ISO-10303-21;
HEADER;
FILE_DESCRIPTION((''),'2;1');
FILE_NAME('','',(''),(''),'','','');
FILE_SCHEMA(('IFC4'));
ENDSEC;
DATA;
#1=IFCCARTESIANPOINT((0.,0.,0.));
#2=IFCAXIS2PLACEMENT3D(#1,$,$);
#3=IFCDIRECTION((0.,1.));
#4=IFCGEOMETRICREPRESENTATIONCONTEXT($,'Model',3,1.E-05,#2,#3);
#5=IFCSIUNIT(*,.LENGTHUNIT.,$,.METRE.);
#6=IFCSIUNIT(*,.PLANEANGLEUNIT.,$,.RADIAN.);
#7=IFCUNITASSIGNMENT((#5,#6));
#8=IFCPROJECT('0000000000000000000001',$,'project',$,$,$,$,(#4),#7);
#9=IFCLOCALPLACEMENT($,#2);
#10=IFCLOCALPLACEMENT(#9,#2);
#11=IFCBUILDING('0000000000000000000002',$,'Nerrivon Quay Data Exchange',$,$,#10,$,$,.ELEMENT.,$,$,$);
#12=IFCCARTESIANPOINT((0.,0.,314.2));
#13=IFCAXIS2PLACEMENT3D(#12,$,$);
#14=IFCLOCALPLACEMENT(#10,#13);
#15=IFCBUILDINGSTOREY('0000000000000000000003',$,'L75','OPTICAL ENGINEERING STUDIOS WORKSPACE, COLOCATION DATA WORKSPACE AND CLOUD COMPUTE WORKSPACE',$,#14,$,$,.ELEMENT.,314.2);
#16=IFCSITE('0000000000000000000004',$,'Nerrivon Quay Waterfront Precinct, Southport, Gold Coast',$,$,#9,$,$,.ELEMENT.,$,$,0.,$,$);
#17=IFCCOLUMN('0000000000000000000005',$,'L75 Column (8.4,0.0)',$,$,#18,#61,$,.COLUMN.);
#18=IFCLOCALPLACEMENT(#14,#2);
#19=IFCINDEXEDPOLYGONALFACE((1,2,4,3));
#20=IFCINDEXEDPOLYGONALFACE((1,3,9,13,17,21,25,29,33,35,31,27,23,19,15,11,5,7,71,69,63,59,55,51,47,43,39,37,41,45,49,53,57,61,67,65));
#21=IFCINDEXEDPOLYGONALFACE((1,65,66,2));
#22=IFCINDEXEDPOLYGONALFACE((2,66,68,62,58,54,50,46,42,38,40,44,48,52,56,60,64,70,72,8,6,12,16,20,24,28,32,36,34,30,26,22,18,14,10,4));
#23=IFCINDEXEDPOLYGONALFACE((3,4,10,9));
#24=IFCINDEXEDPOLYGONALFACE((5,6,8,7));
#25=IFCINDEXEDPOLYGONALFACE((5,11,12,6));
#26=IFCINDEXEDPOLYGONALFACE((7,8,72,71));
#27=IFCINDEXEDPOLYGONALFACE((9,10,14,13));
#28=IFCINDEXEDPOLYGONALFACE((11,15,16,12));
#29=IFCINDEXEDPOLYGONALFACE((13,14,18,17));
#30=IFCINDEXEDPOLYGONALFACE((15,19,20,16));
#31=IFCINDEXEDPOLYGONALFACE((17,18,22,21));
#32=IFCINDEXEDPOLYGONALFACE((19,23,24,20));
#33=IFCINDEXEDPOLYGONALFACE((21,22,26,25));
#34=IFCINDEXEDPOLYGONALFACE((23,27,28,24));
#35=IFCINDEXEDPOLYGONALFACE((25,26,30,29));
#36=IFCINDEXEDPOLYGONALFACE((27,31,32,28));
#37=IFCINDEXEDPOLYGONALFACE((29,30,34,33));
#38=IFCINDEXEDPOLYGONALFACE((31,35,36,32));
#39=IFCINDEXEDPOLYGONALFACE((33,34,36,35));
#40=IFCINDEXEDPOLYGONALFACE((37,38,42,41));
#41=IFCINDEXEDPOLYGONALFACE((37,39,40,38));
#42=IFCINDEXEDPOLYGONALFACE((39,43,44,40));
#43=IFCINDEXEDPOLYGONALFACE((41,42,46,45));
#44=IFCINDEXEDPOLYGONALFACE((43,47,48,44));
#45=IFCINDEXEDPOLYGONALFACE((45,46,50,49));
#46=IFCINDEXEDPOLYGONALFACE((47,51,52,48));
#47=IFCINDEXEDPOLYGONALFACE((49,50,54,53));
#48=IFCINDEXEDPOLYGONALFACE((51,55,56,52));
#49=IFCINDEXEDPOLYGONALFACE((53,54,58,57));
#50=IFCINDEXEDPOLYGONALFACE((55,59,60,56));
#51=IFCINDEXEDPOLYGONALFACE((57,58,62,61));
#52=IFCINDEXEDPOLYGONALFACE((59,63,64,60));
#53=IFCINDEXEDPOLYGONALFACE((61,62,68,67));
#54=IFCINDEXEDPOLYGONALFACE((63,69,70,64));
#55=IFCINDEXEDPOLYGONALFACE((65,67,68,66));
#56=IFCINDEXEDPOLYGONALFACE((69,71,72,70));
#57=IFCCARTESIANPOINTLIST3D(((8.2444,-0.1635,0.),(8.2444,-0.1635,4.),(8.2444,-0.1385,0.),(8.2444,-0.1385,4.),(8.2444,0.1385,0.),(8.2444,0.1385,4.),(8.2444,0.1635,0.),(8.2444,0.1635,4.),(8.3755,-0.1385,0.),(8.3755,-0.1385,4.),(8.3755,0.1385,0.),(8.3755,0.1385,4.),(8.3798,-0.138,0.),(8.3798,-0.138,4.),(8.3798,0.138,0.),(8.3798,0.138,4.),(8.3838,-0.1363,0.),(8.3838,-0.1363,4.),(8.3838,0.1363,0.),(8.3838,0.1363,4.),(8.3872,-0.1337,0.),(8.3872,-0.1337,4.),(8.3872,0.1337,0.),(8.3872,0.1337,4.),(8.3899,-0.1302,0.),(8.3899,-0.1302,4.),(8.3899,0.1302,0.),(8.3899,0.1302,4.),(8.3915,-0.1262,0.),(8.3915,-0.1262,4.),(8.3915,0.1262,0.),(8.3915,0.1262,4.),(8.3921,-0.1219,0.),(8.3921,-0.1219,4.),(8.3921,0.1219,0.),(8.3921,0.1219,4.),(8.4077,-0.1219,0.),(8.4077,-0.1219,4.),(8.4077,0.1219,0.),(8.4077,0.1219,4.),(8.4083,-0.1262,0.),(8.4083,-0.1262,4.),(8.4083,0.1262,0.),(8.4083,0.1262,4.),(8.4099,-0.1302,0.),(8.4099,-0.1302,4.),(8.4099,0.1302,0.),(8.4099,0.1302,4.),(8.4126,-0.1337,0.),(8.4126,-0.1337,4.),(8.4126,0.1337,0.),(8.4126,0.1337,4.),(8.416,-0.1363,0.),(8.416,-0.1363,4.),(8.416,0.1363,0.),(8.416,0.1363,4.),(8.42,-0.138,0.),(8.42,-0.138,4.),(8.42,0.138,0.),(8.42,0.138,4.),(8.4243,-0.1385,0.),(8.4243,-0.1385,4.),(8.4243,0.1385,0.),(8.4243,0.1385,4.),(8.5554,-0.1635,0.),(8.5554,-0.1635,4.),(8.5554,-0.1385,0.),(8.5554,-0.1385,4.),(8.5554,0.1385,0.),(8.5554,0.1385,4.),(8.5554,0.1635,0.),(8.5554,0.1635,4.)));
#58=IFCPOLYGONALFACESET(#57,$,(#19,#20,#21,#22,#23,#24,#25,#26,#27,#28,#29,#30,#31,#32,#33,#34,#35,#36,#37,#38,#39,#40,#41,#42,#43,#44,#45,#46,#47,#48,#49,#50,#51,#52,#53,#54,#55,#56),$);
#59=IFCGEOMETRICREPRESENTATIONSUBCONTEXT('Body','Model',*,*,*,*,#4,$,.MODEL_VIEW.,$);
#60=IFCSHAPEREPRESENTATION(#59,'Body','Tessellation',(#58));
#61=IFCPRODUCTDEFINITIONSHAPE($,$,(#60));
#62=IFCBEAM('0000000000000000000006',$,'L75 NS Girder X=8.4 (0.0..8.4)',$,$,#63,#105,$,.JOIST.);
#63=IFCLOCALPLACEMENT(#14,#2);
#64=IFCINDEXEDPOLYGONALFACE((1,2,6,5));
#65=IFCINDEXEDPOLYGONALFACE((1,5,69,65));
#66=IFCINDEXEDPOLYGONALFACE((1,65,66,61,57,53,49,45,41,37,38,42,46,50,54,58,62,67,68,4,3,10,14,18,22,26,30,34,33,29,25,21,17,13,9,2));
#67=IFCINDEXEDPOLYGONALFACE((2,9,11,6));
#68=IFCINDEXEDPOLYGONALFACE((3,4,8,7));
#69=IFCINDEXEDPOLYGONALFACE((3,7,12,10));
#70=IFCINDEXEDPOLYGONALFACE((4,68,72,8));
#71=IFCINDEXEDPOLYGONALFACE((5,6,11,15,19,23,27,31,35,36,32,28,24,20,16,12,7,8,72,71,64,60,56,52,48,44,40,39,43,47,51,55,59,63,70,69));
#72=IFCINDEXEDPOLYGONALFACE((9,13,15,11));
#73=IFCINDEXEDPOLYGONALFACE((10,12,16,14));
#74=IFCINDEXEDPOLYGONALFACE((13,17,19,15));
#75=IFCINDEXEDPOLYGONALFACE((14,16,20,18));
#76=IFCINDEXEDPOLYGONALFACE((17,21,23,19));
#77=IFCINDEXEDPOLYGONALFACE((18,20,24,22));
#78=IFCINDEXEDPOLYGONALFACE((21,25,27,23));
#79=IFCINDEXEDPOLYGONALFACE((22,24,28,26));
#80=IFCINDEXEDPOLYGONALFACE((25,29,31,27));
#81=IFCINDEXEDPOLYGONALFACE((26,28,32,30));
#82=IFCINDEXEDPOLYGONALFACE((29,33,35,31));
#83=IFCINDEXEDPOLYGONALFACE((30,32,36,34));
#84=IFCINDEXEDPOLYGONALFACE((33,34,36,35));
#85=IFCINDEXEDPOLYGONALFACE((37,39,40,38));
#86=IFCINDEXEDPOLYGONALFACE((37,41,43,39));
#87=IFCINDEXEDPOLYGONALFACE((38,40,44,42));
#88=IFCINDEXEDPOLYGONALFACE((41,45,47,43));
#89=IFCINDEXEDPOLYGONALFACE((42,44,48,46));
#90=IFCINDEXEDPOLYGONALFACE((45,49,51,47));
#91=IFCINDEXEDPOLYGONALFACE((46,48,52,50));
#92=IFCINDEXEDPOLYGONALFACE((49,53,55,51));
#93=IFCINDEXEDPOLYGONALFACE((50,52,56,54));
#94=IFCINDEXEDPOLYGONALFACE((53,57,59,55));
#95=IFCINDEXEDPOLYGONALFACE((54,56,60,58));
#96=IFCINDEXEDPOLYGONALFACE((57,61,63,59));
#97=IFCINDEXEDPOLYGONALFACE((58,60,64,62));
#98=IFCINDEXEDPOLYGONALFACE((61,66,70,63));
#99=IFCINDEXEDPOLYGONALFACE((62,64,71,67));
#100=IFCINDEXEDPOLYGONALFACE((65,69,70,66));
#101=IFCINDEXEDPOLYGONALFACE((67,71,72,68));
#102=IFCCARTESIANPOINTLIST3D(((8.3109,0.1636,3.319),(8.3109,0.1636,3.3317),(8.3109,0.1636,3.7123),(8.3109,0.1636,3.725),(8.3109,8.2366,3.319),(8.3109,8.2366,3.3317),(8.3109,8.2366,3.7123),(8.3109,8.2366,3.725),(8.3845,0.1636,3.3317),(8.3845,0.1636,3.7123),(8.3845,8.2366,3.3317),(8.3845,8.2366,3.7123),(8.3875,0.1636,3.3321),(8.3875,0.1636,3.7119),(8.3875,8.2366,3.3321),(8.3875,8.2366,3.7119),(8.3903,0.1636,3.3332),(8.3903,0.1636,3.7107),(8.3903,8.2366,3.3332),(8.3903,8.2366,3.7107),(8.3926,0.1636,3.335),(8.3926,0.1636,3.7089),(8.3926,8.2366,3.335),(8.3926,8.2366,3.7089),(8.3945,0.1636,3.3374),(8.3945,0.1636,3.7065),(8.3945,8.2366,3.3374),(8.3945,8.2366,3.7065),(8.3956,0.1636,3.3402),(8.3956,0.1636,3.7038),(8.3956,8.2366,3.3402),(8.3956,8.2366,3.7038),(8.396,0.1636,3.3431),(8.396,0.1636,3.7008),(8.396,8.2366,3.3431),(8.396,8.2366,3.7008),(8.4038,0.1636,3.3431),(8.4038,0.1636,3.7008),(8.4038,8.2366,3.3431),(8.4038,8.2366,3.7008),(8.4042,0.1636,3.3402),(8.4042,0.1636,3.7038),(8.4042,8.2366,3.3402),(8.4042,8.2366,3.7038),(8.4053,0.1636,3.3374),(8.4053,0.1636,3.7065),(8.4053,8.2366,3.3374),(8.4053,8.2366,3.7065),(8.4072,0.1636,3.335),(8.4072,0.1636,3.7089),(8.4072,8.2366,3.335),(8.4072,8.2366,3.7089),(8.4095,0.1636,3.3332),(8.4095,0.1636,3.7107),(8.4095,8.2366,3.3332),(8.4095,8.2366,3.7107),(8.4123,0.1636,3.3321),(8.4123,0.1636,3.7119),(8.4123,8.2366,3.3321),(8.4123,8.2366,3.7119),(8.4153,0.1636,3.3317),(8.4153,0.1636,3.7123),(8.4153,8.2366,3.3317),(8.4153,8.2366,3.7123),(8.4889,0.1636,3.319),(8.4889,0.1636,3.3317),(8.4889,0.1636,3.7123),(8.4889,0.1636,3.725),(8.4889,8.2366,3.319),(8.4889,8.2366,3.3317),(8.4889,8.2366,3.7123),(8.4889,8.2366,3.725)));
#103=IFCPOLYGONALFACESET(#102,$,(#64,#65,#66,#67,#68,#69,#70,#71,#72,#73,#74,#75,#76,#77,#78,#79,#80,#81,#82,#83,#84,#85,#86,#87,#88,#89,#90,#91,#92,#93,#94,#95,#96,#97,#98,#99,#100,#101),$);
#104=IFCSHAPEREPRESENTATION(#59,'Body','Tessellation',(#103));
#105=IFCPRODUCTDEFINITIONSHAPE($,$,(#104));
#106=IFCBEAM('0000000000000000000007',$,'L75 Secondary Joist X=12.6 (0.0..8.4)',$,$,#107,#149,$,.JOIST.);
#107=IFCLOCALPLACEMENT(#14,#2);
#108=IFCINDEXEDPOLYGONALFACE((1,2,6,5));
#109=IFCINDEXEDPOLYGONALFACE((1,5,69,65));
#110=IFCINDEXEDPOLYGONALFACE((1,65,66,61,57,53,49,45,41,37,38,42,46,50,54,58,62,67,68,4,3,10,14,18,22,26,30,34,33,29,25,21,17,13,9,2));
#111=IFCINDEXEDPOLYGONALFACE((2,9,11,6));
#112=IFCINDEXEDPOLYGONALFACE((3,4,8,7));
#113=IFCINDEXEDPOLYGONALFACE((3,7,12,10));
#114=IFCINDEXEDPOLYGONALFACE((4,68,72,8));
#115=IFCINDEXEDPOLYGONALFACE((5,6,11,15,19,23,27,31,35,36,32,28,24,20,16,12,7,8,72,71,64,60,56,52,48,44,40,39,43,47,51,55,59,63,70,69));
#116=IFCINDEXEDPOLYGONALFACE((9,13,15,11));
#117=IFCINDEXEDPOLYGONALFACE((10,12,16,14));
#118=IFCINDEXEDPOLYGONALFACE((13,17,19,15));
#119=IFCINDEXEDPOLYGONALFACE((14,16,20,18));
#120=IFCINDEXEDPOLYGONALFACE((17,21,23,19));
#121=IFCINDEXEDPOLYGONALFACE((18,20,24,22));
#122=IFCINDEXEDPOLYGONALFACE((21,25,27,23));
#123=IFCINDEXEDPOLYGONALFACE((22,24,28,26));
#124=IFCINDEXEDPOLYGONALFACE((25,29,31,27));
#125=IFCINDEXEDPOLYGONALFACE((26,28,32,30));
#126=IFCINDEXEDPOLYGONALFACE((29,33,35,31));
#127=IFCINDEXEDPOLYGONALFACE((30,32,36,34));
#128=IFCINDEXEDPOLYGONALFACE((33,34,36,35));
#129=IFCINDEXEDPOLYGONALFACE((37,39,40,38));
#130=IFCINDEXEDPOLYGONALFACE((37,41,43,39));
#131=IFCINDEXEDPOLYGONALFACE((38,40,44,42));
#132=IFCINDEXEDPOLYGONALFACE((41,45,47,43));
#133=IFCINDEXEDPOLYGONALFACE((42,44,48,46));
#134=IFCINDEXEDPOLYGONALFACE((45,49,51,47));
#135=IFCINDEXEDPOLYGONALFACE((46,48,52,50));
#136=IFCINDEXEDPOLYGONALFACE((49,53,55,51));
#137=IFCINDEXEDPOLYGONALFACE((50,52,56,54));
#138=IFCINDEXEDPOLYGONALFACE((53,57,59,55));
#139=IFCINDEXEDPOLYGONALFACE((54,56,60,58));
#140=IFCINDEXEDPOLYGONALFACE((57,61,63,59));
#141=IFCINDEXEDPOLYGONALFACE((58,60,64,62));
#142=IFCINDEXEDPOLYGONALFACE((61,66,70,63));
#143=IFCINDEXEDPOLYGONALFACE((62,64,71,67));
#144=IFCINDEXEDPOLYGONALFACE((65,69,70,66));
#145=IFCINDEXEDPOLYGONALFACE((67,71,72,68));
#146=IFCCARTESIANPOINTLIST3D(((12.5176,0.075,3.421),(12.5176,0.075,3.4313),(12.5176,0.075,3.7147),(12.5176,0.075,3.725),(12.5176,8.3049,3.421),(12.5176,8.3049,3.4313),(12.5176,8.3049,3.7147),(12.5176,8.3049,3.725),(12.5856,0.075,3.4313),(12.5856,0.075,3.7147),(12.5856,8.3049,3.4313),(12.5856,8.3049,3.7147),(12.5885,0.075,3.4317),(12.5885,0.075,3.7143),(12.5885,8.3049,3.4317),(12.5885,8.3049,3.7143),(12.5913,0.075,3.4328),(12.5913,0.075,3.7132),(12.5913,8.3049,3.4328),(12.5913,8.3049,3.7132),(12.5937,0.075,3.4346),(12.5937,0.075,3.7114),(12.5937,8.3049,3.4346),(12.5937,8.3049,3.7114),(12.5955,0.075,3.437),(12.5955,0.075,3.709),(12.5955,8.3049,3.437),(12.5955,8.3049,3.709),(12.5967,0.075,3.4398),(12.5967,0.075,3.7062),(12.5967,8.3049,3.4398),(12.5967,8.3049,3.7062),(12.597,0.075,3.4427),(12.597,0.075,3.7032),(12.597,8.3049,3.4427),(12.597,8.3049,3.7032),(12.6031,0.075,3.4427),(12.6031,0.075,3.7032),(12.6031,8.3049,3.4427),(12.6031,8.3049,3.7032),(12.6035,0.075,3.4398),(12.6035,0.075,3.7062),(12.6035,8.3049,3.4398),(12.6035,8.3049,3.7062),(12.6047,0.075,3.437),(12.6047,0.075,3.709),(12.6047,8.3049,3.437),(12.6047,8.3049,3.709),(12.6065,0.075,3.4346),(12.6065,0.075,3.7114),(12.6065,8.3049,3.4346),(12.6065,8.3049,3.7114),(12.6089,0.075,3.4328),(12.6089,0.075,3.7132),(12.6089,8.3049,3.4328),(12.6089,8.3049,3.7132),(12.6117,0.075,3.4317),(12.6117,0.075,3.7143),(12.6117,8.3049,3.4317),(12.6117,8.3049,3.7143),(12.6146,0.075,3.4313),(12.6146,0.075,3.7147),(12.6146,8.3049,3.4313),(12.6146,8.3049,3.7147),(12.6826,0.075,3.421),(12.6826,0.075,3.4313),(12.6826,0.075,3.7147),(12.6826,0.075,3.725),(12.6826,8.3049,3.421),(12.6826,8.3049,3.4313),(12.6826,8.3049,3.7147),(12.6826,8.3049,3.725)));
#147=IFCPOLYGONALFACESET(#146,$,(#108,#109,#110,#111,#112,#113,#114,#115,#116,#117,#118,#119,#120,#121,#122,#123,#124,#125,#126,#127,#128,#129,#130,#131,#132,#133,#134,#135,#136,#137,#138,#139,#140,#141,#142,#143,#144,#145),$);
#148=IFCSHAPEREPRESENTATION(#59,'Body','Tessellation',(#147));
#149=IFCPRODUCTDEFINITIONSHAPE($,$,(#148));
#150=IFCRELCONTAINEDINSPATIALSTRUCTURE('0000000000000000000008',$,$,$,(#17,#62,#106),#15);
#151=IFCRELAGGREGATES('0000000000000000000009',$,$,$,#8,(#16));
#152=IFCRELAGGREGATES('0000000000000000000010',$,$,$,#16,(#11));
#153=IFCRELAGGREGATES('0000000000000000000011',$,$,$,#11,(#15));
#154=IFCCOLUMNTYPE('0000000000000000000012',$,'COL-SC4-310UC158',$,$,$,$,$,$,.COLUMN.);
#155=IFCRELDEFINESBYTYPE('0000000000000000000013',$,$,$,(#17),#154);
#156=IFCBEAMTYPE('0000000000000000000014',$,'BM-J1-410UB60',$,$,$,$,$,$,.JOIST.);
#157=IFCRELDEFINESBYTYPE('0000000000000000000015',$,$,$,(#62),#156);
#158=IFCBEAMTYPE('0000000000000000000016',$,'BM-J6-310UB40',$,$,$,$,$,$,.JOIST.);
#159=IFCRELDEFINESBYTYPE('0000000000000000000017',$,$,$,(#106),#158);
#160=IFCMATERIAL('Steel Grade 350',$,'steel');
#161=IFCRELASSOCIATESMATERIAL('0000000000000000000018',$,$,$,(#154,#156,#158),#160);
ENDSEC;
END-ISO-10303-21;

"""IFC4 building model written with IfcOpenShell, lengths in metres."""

from ifc_helpers import new_model, si_unit, direction, frame, origin, origin_2d, place, context, subcontext, project, spatial, i_section, extrude, material, material_profile, profile_set, type_object, element, save


model = new_model("IFC4")

# Units and contexts
model_context = context("Model", 3, precision=1e-05, world=origin(), true_north=direction((0.0, 1.0)))
body_context = subcontext(model_context, "Body", "Model", "MODEL_VIEW")
ifc_project = project(units=[si_unit("LENGTHUNIT", "METRE"), si_unit("PLANEANGLEUNIT", "RADIAN")], contexts=[model_context])

# Site, building, storey
site_placement = place(None, origin())
site = spatial("IfcSite", under=ifc_project, at=site_placement, Name="Nerrivon Quay Waterfront Precinct, Southport, Gold Coast", CompositionType="ELEMENT", RefElevation=0.0)
building_placement = place(site_placement, origin())
building = spatial("IfcBuilding", under=site, at=building_placement, Name="Nerrivon Quay Data Exchange", CompositionType="ELEMENT")
storey_placement = place(building_placement, frame((0.0, 0.0, 314.2)))
storey = spatial("IfcBuildingStorey", under=building, at=storey_placement, Name="L75", Description="OPTICAL ENGINEERING STUDIOS WORKSPACE, COLOCATION DATA WORKSPACE AND CLOUD COMPUTE WORKSPACE", CompositionType="ELEMENT", Elevation=314.2)

# Column
ifc_material_1 = material(Name="Steel Grade 350", Category="steel")
ifc_material_profile_1 = material_profile(ifc_material_1, i_section(OverallWidth=0.311, OverallDepth=0.3269, WebThickness=0.0156, FlangeThickness=0.0249, FilletRadius=0.0166, at=origin_2d()), Name="310UC158")
ifc_profile_set_1 = profile_set([ifc_material_profile_1], Name="Steel Grade 350")
column_type = type_object("IfcColumnType", Name="COL-SC4-310UC158", PredefinedType="COLUMN", material=ifc_profile_set_1)
column_placement = place(storey_placement, frame((8.3999, 0.0, 0.0), z_axis=(0.0, 0.0, 1.0), x_axis=(1.0, 0.0, 0.0)))
element("IfcColumn", 1, at=column_placement, inside=storey, type_object=column_type, Name="L75 Column (8.4,0.0)", PredefinedType="COLUMN", context=body_context, shape_type="SweptSolid", body=[
    extrude(i_section(OverallWidth=0.311, OverallDepth=0.3269, WebThickness=0.0156, FlangeThickness=0.0249, FilletRadius=0.0166, at=origin_2d()), origin(), (0.0, 0.0, 1.0), 4.0),
])

# Beams
ifc_material_profile_2 = material_profile(ifc_material_1, i_section(OverallWidth=0.178, OverallDepth=0.406, WebThickness=0.0078, FlangeThickness=0.0127, FilletRadius=0.0115, at=origin_2d()), Name="410UB59.7")
ifc_profile_set_2 = profile_set([ifc_material_profile_2], Name="Steel Grade 350")
beam_type_1 = type_object("IfcBeamType", Name="BM-J1-410UB60", PredefinedType="JOIST", material=ifc_profile_set_2)
beam_1_placement = place(storey_placement, frame((8.3999, 0.1636, 3.522), z_axis=(0.0, 1.0, 0.0), x_axis=(-1.0, 0.0, 0.0)))
element("IfcBeam", 2, at=beam_1_placement, inside=storey, type_object=beam_type_1, Name="L75 NS Girder X=8.4 (0.0..8.4)", PredefinedType="JOIST", context=body_context, shape_type="SweptSolid", body=[
    extrude(i_section(OverallWidth=0.178, OverallDepth=0.406, WebThickness=0.0078, FlangeThickness=0.0127, FilletRadius=0.0115, at=origin_2d()), origin(), (0.0, 0.0, 1.0), 8.073),
])
ifc_material_profile_3 = material_profile(ifc_material_1, i_section(OverallWidth=0.165, OverallDepth=0.304, WebThickness=0.0061, FlangeThickness=0.0103, FilletRadius=0.0115, at=origin_2d()), Name="310UB40.4")
ifc_profile_set_3 = profile_set([ifc_material_profile_3], Name="Steel Grade 350")
beam_type_2 = type_object("IfcBeamType", Name="BM-J6-310UB40", PredefinedType="JOIST", material=ifc_profile_set_3)
beam_2_placement = place(storey_placement, frame((12.6001, 0.075, 3.573), z_axis=(0.0, 1.0, 0.0), x_axis=(-1.0, 0.0, 0.0)))
element("IfcBeam", 3, at=beam_2_placement, inside=storey, type_object=beam_type_2, Name="L75 Secondary Joist X=12.6 (0.0..8.4)", PredefinedType="JOIST", context=body_context, shape_type="SweptSolid", body=[
    extrude(i_section(OverallWidth=0.165, OverallDepth=0.304, WebThickness=0.0061, FlangeThickness=0.0103, FilletRadius=0.0115, at=origin_2d()), origin(), (0.0, 0.0, 1.0), 8.23),
])

save(model, "model.ifc")
